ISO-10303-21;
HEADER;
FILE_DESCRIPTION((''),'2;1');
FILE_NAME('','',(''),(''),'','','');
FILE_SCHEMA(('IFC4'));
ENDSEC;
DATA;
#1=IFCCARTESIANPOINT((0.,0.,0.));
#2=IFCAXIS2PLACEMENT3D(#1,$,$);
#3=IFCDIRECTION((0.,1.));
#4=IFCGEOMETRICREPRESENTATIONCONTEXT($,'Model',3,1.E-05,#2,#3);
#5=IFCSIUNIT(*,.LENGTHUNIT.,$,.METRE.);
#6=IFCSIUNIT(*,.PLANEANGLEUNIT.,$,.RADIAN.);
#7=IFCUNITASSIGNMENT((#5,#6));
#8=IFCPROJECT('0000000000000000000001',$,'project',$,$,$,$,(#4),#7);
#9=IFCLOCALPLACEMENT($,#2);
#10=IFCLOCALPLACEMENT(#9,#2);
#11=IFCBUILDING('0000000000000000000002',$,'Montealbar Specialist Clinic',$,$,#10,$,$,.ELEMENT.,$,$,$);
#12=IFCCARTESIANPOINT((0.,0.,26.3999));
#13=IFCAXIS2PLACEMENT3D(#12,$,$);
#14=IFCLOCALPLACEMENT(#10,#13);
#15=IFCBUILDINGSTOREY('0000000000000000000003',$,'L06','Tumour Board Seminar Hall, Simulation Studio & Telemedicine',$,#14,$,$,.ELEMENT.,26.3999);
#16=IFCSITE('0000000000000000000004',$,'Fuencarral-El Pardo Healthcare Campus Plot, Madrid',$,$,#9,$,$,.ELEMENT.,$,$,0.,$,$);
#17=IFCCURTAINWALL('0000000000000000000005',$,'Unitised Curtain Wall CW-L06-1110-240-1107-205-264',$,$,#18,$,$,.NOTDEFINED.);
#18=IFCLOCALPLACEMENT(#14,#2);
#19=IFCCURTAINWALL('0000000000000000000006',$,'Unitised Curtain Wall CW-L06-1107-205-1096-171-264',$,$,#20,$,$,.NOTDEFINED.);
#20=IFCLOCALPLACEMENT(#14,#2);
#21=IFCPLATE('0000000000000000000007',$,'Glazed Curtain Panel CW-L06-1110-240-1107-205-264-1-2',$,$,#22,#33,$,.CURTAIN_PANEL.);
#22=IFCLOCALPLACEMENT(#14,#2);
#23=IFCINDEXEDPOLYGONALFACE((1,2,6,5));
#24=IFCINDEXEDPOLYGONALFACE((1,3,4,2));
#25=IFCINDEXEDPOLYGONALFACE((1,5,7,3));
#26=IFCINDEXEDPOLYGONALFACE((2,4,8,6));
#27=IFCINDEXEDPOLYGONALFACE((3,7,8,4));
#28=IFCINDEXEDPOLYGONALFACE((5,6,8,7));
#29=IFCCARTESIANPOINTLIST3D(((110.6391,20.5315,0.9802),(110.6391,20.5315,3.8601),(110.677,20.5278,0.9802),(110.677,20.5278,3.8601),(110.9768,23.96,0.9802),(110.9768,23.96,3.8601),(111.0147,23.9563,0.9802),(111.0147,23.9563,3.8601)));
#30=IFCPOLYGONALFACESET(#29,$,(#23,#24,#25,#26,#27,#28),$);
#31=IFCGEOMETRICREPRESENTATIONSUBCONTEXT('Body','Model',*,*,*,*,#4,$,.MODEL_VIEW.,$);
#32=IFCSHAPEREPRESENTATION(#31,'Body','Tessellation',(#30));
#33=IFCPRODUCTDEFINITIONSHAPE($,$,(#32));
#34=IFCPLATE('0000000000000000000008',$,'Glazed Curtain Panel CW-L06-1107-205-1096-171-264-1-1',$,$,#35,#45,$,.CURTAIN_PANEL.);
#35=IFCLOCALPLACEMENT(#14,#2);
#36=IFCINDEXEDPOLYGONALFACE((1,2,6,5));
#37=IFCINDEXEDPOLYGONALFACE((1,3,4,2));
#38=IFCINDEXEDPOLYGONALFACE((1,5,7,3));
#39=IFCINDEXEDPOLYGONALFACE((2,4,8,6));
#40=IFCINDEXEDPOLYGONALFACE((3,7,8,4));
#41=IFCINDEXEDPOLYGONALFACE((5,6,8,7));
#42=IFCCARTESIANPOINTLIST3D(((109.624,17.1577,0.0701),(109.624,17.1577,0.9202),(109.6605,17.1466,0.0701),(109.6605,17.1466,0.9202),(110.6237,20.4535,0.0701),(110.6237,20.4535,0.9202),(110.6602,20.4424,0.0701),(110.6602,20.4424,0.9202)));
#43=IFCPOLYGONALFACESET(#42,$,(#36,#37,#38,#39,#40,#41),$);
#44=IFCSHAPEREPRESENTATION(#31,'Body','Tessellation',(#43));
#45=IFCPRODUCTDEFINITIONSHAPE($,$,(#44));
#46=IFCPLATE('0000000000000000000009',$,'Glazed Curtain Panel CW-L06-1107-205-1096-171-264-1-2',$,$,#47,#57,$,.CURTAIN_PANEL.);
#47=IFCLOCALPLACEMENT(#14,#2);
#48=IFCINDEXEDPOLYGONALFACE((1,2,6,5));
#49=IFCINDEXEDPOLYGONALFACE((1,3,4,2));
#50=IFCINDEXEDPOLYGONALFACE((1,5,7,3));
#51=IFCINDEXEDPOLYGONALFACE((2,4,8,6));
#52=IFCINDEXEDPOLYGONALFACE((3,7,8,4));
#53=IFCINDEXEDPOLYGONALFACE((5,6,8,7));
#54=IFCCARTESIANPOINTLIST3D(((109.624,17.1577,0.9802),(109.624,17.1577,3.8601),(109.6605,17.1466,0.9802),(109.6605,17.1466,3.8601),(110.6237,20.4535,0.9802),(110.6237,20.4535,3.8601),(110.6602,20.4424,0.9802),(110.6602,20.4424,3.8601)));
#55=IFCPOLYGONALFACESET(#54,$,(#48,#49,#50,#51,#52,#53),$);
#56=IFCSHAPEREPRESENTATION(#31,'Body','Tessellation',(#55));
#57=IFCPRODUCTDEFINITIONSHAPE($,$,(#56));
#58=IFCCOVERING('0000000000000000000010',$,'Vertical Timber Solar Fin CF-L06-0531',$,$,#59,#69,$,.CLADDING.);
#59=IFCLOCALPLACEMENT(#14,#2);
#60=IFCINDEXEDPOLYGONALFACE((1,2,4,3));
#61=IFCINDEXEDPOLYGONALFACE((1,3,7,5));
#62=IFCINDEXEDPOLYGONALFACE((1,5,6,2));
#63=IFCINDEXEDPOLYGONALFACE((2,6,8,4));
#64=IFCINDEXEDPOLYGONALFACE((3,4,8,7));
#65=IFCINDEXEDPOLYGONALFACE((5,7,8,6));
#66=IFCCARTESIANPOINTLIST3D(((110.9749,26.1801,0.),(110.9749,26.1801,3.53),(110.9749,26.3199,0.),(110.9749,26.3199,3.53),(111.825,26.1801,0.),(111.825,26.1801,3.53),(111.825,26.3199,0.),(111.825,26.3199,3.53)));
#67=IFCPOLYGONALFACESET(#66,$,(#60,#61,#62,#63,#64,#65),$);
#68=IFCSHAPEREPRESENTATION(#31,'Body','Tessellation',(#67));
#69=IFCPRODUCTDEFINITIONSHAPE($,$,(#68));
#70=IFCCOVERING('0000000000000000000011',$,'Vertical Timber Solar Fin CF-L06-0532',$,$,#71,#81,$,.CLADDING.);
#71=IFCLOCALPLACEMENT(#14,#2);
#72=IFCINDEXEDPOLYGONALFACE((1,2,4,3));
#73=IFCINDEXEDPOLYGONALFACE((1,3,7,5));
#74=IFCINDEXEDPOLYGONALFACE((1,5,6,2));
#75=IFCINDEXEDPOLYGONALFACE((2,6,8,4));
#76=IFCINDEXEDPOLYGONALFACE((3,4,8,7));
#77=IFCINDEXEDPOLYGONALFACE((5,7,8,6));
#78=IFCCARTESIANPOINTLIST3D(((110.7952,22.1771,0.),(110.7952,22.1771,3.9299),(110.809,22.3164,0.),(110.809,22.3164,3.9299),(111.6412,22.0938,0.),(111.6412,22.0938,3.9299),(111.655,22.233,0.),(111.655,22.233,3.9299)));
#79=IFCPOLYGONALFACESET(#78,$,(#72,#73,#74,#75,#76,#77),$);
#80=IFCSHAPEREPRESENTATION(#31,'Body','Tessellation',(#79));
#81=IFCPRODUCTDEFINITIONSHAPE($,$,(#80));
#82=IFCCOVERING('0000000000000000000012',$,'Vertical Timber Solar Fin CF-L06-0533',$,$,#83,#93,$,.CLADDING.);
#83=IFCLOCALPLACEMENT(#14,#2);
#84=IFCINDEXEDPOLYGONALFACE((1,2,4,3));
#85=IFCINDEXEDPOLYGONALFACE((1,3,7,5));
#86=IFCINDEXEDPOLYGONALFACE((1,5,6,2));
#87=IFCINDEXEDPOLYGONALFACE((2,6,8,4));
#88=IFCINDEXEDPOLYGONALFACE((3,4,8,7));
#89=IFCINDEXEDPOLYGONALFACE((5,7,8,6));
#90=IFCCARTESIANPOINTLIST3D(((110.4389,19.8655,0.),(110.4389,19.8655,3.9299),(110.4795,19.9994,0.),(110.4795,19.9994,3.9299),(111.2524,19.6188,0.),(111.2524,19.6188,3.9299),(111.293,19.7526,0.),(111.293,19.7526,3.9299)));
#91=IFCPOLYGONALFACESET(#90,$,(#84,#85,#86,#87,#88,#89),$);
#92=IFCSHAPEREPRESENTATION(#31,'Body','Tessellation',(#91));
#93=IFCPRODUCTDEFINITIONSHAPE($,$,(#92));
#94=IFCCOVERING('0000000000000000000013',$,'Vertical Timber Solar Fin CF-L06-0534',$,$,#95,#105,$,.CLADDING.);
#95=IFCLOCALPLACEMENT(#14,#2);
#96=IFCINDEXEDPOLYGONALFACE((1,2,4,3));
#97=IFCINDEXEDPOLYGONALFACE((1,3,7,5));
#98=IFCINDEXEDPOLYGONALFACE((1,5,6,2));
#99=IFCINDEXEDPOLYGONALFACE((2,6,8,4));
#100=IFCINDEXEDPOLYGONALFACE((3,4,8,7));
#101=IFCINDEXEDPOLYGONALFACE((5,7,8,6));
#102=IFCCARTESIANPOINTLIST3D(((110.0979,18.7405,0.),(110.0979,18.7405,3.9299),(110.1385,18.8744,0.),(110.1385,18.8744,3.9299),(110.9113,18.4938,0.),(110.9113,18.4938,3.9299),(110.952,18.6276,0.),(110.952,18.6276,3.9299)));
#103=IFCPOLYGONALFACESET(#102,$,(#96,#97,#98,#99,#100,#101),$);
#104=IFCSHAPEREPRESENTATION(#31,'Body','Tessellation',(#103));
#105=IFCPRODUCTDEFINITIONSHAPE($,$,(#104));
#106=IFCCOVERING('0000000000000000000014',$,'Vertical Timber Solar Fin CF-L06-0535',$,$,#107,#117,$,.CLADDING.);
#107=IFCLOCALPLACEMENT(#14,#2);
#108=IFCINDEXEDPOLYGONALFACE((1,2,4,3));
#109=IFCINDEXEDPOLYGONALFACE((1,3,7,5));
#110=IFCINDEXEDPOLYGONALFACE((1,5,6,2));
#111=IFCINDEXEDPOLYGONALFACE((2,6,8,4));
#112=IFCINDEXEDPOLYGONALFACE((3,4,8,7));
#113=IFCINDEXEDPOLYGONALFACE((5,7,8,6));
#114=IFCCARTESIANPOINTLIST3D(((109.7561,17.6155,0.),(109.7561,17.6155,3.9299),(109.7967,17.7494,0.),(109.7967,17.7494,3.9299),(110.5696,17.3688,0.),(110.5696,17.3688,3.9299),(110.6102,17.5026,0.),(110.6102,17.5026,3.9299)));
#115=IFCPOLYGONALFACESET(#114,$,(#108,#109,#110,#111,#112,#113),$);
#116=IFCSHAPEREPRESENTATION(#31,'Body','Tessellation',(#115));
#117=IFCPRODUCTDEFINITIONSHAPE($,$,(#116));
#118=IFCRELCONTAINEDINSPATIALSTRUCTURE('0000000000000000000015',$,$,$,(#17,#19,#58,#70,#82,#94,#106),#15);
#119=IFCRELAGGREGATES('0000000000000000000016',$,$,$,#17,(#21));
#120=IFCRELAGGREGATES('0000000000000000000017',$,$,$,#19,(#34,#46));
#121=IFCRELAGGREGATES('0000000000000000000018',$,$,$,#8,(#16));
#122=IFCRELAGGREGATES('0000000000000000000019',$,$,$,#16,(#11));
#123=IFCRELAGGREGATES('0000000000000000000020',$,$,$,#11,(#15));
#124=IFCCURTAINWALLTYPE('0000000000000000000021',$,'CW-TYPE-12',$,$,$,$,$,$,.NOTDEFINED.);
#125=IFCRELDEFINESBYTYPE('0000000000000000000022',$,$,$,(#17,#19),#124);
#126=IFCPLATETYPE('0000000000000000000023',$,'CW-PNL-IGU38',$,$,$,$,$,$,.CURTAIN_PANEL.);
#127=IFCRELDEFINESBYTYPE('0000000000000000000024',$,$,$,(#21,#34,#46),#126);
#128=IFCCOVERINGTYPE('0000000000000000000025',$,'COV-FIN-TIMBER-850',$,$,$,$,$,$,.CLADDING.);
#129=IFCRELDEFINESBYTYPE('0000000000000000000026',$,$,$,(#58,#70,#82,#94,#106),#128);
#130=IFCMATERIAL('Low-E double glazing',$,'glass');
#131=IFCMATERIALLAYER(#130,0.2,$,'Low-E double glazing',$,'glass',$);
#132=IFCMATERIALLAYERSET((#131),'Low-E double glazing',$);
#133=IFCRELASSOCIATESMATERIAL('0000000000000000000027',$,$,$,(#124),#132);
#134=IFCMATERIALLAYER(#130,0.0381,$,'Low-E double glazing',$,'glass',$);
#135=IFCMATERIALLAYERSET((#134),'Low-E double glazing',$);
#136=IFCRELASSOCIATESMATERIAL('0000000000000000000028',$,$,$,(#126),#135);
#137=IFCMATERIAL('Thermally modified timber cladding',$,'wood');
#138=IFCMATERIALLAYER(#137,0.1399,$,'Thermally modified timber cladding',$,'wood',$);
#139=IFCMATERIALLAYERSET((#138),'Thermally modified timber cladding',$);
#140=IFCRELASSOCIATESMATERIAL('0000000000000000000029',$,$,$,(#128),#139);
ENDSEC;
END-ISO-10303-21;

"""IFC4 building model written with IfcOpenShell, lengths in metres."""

from ifc_helpers import new_model, si_unit, direction, frame, origin, origin_2d, place, context, subcontext, project, spatial, rectangle, extrude, material, layer, layer_set, type_object, element, aggregate, save


model = new_model("IFC4")

# Units and contexts
model_context = context("Model", 3, precision=1e-05, world=origin(), true_north=direction((0.0, 1.0)))
body_context = subcontext(model_context, "Body", "Model", "MODEL_VIEW")
ifc_project = project(units=[si_unit("LENGTHUNIT", "METRE"), si_unit("PLANEANGLEUNIT", "RADIAN")], contexts=[model_context])

# Site, building, storey
site_placement = place(None, origin())
site = spatial("IfcSite", under=ifc_project, at=site_placement, Name="Fuencarral-El Pardo Healthcare Campus Plot, Madrid", CompositionType="ELEMENT", RefElevation=0.0)
building_placement = place(site_placement, origin())
building = spatial("IfcBuilding", under=site, at=building_placement, Name="Montealbar Specialist Clinic", CompositionType="ELEMENT")
storey_placement = place(building_placement, frame((0.0, 0.0, 26.3999)))
storey = spatial("IfcBuildingStorey", under=building, at=storey_placement, Name="L06", Description="Tumour Board Seminar Hall, Simulation Studio & Telemedicine", CompositionType="ELEMENT", Elevation=26.3999)

# Curtain wall
ifc_material_1 = material(Name="Low-E double glazing", Category="glass")
ifc_layer_1 = layer(ifc_material_1, 0.2, Name="Low-E double glazing", Category="glass")
ifc_layer_set_1 = layer_set([ifc_layer_1], Name="Low-E double glazing")
curtain_wall_type_1 = type_object("IfcCurtainWallType", Name="CW-TYPE-12", PredefinedType="NOTDEFINED", material=ifc_layer_set_1)
curtain_wall_1_placement = place(storey_placement, origin())
curtain_wall_1 = element("IfcCurtainWall", 1, at=curtain_wall_1_placement, inside=storey, type_object=curtain_wall_type_1, Name="Unitised Curtain Wall CW-L06-1110-240-1107-205-264", PredefinedType="NOTDEFINED")

# Curtain wall
curtain_wall_2_placement = place(storey_placement, origin())
curtain_wall_2 = element("IfcCurtainWall", 2, at=curtain_wall_2_placement, inside=storey, type_object=curtain_wall_type_1, Name="Unitised Curtain Wall CW-L06-1107-205-1096-171-264", PredefinedType="NOTDEFINED")

# Plates
ifc_layer_2 = layer(ifc_material_1, 0.0381, Name="Low-E double glazing", Category="glass")
ifc_layer_set_2 = layer_set([ifc_layer_2], Name="Low-E double glazing")
plate_type = type_object("IfcPlateType", Name="CW-PNL-IGU38", PredefinedType="CURTAIN_PANEL", material=ifc_layer_set_2)
plate_1_placement = place(storey_placement, frame((110.8269, 22.2439, 0.9802), z_axis=(0.0, 0.0, 1.0), x_axis=(-0.098045, -0.995182, 0.0)))
plate_1 = element("IfcPlate", 3, at=plate_1_placement, type_object=plate_type, Name="Glazed Curtain Panel CW-L06-1110-240-1107-205-264-1-2", PredefinedType="CURTAIN_PANEL", context=body_context, shape_type="SweptSolid", body=[
    extrude(rectangle(XDim=3.4451, YDim=0.0381, at=origin_2d()), origin(), (0.0, 0.0, 1.0), 2.8799),
])
aggregate(curtain_wall_1, [plate_1])
plate_2_placement = place(storey_placement, frame((110.1421, 18.8, 0.0701), z_axis=(0.0, 0.0, 1.0), x_axis=(-0.290259, -0.956948, 0.0)))
plate_2 = element("IfcPlate", 4, at=plate_2_placement, type_object=plate_type, Name="Glazed Curtain Panel CW-L06-1107-205-1096-171-264-1-1", PredefinedType="CURTAIN_PANEL", context=body_context, shape_type="SweptSolid", body=[
    extrude(rectangle(XDim=3.4441, YDim=0.0381, at=origin_2d()), origin(), (0.0, 0.0, 1.0), 0.8501),
])
plate_3_placement = place(storey_placement, frame((110.1421, 18.8, 0.9802), z_axis=(0.0, 0.0, 1.0), x_axis=(-0.290259, -0.956948, 0.0)))
plate_3 = element("IfcPlate", 5, at=plate_3_placement, type_object=plate_type, Name="Glazed Curtain Panel CW-L06-1107-205-1096-171-264-1-2", PredefinedType="CURTAIN_PANEL", context=body_context, shape_type="SweptSolid", body=[
    extrude(rectangle(XDim=3.4441, YDim=0.0381, at=origin_2d()), origin(), (0.0, 0.0, 1.0), 2.8799),
])
aggregate(curtain_wall_2, [plate_2, plate_3])

# Coverings
ifc_material_2 = material(Name="Thermally modified timber cladding", Category="wood")
ifc_layer_3 = layer(ifc_material_2, 0.1399, Name="Thermally modified timber cladding", Category="wood")
ifc_layer_set_3 = layer_set([ifc_layer_3], Name="Thermally modified timber cladding")
covering_type = type_object("IfcCoveringType", Name="COV-FIN-TIMBER-850", PredefinedType="CLADDING", material=ifc_layer_set_3)
covering_placement = place(storey_placement, frame((111.3999, 26.25, 0.0), z_axis=(0.0, 0.0, 1.0), x_axis=(1.0, 0.0, 0.0)))
element("IfcCovering", 6, at=covering_placement, inside=storey, type_object=covering_type, Name="Vertical Timber Solar Fin CF-L06-0531", PredefinedType="CLADDING", context=body_context, shape_type="SweptSolid", body=[
    extrude(rectangle(XDim=0.8501, YDim=0.1399, at=origin_2d()), origin(), (0.0, 0.0, 1.0), 3.53),
])
for number, where, z_axis, x_axis, name in (
    (7, (111.2251, 22.2051, 0.0), (0.0, 0.0, 1.0), (0.995182, -0.098045, 0.0), "Vertical Timber Solar Fin CF-L06-0532"),
    (8, (110.866, 19.8091, 0.0), (0.0, 0.0, 1.0), (0.956948, -0.290259, 0.0), "Vertical Timber Solar Fin CF-L06-0533"),
    (9, (110.5249, 18.6841, 0.0), (0.0, 0.0, 1.0), (0.956948, -0.290259, 0.0), "Vertical Timber Solar Fin CF-L06-0534"),
    (10, (110.1831, 17.5591, 0.0), (0.0, 0.0, 1.0), (0.956948, -0.290259, 0.0), "Vertical Timber Solar Fin CF-L06-0535"),
):
    element("IfcCovering", number, at=place(storey_placement, frame(where, z_axis=z_axis, x_axis=x_axis)), inside=storey, type_object=covering_type, Name=name, PredefinedType="CLADDING", context=body_context, shape_type="SweptSolid", body=[
        extrude(rectangle(XDim=0.8501, YDim=0.1399, at=origin_2d()), origin(), (0.0, 0.0, 1.0), 3.9299),
    ])

save(model, "model.ifc")
